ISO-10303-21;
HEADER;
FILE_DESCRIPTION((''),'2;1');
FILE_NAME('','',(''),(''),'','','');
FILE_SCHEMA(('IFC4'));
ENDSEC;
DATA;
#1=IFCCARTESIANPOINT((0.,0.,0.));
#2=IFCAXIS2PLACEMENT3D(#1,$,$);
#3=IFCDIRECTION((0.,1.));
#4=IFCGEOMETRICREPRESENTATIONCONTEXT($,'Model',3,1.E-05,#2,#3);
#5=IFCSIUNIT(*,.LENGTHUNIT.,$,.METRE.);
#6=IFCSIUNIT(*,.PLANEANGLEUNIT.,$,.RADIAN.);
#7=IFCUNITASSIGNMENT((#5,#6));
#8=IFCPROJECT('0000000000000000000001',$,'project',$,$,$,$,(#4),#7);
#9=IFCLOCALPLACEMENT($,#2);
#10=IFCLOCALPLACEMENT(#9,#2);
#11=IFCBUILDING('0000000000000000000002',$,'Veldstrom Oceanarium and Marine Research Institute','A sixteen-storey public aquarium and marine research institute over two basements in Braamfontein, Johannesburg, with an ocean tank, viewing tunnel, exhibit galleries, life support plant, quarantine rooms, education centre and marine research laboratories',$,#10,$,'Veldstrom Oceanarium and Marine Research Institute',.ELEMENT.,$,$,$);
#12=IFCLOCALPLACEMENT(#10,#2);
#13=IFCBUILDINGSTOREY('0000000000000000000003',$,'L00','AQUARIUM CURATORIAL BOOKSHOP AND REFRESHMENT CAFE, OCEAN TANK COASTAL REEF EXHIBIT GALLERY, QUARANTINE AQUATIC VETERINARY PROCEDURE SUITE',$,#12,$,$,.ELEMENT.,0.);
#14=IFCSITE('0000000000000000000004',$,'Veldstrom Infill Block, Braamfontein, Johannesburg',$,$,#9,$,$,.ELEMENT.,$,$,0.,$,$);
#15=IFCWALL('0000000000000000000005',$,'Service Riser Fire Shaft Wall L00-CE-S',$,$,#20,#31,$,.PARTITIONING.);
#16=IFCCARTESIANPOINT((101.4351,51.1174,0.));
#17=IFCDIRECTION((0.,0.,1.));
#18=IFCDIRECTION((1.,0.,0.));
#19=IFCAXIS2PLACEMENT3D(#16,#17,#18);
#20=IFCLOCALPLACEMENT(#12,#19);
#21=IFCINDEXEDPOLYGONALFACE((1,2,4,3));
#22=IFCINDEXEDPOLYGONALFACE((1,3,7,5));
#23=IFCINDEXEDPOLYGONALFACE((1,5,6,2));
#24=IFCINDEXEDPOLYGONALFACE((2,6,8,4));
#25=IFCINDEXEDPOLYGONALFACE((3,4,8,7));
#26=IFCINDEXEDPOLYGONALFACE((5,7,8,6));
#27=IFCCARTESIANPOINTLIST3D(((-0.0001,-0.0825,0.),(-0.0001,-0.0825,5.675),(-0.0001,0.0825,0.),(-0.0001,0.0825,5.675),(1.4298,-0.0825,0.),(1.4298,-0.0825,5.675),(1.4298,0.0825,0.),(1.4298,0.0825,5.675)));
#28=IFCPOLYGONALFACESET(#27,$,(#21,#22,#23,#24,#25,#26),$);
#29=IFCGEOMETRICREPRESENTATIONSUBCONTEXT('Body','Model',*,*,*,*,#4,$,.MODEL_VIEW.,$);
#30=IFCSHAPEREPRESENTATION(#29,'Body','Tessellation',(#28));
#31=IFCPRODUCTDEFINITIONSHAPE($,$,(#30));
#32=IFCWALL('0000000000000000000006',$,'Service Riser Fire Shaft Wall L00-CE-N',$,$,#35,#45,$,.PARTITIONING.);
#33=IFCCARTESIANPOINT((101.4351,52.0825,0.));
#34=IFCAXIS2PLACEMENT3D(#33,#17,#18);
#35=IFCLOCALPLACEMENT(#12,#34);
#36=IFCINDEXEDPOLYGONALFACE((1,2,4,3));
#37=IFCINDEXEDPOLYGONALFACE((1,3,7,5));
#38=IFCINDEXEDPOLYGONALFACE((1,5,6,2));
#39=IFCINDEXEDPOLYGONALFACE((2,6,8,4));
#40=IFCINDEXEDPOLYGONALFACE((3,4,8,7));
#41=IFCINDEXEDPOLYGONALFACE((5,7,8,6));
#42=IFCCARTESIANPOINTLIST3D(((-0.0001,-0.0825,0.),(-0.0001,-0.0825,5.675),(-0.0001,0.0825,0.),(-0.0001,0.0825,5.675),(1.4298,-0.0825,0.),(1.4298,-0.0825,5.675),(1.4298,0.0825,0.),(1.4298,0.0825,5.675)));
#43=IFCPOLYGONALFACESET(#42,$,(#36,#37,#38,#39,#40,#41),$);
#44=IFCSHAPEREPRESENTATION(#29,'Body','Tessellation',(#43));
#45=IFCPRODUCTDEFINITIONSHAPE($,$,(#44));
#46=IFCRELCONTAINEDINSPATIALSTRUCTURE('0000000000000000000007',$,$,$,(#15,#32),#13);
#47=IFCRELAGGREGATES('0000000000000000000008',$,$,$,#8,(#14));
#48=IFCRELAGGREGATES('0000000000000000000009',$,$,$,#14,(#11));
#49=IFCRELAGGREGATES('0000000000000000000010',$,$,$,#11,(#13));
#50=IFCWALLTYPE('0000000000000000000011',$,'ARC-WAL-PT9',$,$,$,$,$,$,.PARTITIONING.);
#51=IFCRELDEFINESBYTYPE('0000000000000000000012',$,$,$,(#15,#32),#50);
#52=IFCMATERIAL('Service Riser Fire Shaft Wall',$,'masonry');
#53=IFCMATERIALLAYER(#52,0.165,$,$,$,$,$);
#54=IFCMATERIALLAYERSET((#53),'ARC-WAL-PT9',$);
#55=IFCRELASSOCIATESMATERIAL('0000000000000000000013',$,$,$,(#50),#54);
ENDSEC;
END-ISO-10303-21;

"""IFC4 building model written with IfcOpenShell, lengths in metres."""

from ifc_helpers import new_model, si_unit, direction, frame, frame_2d, origin, place, context, subcontext, project, spatial, rectangle, extrude, material, layer, layer_set, type_object, element, save


model = new_model("IFC4")

# Units and contexts
model_context = context("Model", 3, precision=1e-05, world=origin(), true_north=direction((0.0, 1.0)))
body_context = subcontext(model_context, "Body", "Model", "MODEL_VIEW")
ifc_project = project(units=[si_unit("LENGTHUNIT", "METRE"), si_unit("PLANEANGLEUNIT", "RADIAN")], contexts=[model_context])

# Site, building, storey
site_placement = place(None, origin())
site = spatial("IfcSite", under=ifc_project, at=site_placement, Name="Veldstrom Infill Block, Braamfontein, Johannesburg", CompositionType="ELEMENT", RefElevation=0.0)
building_placement = place(site_placement, origin())
building = spatial("IfcBuilding", under=site, at=building_placement, Name="Veldstrom Oceanarium and Marine Research Institute", Description="A sixteen-storey public aquarium and marine research institute over two basements in Braamfontein, Johannesburg, with an ocean tank, viewing tunnel, exhibit galleries, life support plant, quarantine rooms, education centre and marine research laboratories", LongName="Veldstrom Oceanarium and Marine Research Institute", CompositionType="ELEMENT")
storey_placement = place(building_placement, origin())
storey = spatial("IfcBuildingStorey", under=building, at=storey_placement, Name="L00", Description="AQUARIUM CURATORIAL BOOKSHOP AND REFRESHMENT CAFE, OCEAN TANK COASTAL REEF EXHIBIT GALLERY, QUARANTINE AQUATIC VETERINARY PROCEDURE SUITE", CompositionType="ELEMENT", Elevation=0.0)

# Walls
ifc_material_1 = material(Name="Service Riser Fire Shaft Wall", Category="masonry")
ifc_layer_1 = layer(ifc_material_1, 0.165)
ifc_layer_set_1 = layer_set([ifc_layer_1], Name="ARC-WAL-PT9")
wall_type_1 = type_object("IfcWallType", Name="ARC-WAL-PT9", PredefinedType="PARTITIONING", material=ifc_layer_set_1)
for number, where, z_axis, x_axis, name in (
    (1, (101.4351, 51.1174, 0.0), (0.0, 0.0, 1.0), (1.0, 0.0, 0.0), "Service Riser Fire Shaft Wall L00-CE-S"),
    (2, (101.4351, 52.0825, 0.0), (0.0, 0.0, 1.0), (1.0, 0.0, 0.0), "Service Riser Fire Shaft Wall L00-CE-N"),
):
    element("IfcWall", number, at=place(storey_placement, frame(where, z_axis=z_axis, x_axis=x_axis)), inside=storey, type_object=wall_type_1, Name=name, PredefinedType="PARTITIONING", context=body_context, shape_type="SweptSolid", body=[
        extrude(rectangle(XDim=1.4299, YDim=0.165, at=frame_2d((0.7148, 0.0))), origin(), (0.0, 0.0, 1.0), 5.675),
    ])

save(model, "model.ifc")
